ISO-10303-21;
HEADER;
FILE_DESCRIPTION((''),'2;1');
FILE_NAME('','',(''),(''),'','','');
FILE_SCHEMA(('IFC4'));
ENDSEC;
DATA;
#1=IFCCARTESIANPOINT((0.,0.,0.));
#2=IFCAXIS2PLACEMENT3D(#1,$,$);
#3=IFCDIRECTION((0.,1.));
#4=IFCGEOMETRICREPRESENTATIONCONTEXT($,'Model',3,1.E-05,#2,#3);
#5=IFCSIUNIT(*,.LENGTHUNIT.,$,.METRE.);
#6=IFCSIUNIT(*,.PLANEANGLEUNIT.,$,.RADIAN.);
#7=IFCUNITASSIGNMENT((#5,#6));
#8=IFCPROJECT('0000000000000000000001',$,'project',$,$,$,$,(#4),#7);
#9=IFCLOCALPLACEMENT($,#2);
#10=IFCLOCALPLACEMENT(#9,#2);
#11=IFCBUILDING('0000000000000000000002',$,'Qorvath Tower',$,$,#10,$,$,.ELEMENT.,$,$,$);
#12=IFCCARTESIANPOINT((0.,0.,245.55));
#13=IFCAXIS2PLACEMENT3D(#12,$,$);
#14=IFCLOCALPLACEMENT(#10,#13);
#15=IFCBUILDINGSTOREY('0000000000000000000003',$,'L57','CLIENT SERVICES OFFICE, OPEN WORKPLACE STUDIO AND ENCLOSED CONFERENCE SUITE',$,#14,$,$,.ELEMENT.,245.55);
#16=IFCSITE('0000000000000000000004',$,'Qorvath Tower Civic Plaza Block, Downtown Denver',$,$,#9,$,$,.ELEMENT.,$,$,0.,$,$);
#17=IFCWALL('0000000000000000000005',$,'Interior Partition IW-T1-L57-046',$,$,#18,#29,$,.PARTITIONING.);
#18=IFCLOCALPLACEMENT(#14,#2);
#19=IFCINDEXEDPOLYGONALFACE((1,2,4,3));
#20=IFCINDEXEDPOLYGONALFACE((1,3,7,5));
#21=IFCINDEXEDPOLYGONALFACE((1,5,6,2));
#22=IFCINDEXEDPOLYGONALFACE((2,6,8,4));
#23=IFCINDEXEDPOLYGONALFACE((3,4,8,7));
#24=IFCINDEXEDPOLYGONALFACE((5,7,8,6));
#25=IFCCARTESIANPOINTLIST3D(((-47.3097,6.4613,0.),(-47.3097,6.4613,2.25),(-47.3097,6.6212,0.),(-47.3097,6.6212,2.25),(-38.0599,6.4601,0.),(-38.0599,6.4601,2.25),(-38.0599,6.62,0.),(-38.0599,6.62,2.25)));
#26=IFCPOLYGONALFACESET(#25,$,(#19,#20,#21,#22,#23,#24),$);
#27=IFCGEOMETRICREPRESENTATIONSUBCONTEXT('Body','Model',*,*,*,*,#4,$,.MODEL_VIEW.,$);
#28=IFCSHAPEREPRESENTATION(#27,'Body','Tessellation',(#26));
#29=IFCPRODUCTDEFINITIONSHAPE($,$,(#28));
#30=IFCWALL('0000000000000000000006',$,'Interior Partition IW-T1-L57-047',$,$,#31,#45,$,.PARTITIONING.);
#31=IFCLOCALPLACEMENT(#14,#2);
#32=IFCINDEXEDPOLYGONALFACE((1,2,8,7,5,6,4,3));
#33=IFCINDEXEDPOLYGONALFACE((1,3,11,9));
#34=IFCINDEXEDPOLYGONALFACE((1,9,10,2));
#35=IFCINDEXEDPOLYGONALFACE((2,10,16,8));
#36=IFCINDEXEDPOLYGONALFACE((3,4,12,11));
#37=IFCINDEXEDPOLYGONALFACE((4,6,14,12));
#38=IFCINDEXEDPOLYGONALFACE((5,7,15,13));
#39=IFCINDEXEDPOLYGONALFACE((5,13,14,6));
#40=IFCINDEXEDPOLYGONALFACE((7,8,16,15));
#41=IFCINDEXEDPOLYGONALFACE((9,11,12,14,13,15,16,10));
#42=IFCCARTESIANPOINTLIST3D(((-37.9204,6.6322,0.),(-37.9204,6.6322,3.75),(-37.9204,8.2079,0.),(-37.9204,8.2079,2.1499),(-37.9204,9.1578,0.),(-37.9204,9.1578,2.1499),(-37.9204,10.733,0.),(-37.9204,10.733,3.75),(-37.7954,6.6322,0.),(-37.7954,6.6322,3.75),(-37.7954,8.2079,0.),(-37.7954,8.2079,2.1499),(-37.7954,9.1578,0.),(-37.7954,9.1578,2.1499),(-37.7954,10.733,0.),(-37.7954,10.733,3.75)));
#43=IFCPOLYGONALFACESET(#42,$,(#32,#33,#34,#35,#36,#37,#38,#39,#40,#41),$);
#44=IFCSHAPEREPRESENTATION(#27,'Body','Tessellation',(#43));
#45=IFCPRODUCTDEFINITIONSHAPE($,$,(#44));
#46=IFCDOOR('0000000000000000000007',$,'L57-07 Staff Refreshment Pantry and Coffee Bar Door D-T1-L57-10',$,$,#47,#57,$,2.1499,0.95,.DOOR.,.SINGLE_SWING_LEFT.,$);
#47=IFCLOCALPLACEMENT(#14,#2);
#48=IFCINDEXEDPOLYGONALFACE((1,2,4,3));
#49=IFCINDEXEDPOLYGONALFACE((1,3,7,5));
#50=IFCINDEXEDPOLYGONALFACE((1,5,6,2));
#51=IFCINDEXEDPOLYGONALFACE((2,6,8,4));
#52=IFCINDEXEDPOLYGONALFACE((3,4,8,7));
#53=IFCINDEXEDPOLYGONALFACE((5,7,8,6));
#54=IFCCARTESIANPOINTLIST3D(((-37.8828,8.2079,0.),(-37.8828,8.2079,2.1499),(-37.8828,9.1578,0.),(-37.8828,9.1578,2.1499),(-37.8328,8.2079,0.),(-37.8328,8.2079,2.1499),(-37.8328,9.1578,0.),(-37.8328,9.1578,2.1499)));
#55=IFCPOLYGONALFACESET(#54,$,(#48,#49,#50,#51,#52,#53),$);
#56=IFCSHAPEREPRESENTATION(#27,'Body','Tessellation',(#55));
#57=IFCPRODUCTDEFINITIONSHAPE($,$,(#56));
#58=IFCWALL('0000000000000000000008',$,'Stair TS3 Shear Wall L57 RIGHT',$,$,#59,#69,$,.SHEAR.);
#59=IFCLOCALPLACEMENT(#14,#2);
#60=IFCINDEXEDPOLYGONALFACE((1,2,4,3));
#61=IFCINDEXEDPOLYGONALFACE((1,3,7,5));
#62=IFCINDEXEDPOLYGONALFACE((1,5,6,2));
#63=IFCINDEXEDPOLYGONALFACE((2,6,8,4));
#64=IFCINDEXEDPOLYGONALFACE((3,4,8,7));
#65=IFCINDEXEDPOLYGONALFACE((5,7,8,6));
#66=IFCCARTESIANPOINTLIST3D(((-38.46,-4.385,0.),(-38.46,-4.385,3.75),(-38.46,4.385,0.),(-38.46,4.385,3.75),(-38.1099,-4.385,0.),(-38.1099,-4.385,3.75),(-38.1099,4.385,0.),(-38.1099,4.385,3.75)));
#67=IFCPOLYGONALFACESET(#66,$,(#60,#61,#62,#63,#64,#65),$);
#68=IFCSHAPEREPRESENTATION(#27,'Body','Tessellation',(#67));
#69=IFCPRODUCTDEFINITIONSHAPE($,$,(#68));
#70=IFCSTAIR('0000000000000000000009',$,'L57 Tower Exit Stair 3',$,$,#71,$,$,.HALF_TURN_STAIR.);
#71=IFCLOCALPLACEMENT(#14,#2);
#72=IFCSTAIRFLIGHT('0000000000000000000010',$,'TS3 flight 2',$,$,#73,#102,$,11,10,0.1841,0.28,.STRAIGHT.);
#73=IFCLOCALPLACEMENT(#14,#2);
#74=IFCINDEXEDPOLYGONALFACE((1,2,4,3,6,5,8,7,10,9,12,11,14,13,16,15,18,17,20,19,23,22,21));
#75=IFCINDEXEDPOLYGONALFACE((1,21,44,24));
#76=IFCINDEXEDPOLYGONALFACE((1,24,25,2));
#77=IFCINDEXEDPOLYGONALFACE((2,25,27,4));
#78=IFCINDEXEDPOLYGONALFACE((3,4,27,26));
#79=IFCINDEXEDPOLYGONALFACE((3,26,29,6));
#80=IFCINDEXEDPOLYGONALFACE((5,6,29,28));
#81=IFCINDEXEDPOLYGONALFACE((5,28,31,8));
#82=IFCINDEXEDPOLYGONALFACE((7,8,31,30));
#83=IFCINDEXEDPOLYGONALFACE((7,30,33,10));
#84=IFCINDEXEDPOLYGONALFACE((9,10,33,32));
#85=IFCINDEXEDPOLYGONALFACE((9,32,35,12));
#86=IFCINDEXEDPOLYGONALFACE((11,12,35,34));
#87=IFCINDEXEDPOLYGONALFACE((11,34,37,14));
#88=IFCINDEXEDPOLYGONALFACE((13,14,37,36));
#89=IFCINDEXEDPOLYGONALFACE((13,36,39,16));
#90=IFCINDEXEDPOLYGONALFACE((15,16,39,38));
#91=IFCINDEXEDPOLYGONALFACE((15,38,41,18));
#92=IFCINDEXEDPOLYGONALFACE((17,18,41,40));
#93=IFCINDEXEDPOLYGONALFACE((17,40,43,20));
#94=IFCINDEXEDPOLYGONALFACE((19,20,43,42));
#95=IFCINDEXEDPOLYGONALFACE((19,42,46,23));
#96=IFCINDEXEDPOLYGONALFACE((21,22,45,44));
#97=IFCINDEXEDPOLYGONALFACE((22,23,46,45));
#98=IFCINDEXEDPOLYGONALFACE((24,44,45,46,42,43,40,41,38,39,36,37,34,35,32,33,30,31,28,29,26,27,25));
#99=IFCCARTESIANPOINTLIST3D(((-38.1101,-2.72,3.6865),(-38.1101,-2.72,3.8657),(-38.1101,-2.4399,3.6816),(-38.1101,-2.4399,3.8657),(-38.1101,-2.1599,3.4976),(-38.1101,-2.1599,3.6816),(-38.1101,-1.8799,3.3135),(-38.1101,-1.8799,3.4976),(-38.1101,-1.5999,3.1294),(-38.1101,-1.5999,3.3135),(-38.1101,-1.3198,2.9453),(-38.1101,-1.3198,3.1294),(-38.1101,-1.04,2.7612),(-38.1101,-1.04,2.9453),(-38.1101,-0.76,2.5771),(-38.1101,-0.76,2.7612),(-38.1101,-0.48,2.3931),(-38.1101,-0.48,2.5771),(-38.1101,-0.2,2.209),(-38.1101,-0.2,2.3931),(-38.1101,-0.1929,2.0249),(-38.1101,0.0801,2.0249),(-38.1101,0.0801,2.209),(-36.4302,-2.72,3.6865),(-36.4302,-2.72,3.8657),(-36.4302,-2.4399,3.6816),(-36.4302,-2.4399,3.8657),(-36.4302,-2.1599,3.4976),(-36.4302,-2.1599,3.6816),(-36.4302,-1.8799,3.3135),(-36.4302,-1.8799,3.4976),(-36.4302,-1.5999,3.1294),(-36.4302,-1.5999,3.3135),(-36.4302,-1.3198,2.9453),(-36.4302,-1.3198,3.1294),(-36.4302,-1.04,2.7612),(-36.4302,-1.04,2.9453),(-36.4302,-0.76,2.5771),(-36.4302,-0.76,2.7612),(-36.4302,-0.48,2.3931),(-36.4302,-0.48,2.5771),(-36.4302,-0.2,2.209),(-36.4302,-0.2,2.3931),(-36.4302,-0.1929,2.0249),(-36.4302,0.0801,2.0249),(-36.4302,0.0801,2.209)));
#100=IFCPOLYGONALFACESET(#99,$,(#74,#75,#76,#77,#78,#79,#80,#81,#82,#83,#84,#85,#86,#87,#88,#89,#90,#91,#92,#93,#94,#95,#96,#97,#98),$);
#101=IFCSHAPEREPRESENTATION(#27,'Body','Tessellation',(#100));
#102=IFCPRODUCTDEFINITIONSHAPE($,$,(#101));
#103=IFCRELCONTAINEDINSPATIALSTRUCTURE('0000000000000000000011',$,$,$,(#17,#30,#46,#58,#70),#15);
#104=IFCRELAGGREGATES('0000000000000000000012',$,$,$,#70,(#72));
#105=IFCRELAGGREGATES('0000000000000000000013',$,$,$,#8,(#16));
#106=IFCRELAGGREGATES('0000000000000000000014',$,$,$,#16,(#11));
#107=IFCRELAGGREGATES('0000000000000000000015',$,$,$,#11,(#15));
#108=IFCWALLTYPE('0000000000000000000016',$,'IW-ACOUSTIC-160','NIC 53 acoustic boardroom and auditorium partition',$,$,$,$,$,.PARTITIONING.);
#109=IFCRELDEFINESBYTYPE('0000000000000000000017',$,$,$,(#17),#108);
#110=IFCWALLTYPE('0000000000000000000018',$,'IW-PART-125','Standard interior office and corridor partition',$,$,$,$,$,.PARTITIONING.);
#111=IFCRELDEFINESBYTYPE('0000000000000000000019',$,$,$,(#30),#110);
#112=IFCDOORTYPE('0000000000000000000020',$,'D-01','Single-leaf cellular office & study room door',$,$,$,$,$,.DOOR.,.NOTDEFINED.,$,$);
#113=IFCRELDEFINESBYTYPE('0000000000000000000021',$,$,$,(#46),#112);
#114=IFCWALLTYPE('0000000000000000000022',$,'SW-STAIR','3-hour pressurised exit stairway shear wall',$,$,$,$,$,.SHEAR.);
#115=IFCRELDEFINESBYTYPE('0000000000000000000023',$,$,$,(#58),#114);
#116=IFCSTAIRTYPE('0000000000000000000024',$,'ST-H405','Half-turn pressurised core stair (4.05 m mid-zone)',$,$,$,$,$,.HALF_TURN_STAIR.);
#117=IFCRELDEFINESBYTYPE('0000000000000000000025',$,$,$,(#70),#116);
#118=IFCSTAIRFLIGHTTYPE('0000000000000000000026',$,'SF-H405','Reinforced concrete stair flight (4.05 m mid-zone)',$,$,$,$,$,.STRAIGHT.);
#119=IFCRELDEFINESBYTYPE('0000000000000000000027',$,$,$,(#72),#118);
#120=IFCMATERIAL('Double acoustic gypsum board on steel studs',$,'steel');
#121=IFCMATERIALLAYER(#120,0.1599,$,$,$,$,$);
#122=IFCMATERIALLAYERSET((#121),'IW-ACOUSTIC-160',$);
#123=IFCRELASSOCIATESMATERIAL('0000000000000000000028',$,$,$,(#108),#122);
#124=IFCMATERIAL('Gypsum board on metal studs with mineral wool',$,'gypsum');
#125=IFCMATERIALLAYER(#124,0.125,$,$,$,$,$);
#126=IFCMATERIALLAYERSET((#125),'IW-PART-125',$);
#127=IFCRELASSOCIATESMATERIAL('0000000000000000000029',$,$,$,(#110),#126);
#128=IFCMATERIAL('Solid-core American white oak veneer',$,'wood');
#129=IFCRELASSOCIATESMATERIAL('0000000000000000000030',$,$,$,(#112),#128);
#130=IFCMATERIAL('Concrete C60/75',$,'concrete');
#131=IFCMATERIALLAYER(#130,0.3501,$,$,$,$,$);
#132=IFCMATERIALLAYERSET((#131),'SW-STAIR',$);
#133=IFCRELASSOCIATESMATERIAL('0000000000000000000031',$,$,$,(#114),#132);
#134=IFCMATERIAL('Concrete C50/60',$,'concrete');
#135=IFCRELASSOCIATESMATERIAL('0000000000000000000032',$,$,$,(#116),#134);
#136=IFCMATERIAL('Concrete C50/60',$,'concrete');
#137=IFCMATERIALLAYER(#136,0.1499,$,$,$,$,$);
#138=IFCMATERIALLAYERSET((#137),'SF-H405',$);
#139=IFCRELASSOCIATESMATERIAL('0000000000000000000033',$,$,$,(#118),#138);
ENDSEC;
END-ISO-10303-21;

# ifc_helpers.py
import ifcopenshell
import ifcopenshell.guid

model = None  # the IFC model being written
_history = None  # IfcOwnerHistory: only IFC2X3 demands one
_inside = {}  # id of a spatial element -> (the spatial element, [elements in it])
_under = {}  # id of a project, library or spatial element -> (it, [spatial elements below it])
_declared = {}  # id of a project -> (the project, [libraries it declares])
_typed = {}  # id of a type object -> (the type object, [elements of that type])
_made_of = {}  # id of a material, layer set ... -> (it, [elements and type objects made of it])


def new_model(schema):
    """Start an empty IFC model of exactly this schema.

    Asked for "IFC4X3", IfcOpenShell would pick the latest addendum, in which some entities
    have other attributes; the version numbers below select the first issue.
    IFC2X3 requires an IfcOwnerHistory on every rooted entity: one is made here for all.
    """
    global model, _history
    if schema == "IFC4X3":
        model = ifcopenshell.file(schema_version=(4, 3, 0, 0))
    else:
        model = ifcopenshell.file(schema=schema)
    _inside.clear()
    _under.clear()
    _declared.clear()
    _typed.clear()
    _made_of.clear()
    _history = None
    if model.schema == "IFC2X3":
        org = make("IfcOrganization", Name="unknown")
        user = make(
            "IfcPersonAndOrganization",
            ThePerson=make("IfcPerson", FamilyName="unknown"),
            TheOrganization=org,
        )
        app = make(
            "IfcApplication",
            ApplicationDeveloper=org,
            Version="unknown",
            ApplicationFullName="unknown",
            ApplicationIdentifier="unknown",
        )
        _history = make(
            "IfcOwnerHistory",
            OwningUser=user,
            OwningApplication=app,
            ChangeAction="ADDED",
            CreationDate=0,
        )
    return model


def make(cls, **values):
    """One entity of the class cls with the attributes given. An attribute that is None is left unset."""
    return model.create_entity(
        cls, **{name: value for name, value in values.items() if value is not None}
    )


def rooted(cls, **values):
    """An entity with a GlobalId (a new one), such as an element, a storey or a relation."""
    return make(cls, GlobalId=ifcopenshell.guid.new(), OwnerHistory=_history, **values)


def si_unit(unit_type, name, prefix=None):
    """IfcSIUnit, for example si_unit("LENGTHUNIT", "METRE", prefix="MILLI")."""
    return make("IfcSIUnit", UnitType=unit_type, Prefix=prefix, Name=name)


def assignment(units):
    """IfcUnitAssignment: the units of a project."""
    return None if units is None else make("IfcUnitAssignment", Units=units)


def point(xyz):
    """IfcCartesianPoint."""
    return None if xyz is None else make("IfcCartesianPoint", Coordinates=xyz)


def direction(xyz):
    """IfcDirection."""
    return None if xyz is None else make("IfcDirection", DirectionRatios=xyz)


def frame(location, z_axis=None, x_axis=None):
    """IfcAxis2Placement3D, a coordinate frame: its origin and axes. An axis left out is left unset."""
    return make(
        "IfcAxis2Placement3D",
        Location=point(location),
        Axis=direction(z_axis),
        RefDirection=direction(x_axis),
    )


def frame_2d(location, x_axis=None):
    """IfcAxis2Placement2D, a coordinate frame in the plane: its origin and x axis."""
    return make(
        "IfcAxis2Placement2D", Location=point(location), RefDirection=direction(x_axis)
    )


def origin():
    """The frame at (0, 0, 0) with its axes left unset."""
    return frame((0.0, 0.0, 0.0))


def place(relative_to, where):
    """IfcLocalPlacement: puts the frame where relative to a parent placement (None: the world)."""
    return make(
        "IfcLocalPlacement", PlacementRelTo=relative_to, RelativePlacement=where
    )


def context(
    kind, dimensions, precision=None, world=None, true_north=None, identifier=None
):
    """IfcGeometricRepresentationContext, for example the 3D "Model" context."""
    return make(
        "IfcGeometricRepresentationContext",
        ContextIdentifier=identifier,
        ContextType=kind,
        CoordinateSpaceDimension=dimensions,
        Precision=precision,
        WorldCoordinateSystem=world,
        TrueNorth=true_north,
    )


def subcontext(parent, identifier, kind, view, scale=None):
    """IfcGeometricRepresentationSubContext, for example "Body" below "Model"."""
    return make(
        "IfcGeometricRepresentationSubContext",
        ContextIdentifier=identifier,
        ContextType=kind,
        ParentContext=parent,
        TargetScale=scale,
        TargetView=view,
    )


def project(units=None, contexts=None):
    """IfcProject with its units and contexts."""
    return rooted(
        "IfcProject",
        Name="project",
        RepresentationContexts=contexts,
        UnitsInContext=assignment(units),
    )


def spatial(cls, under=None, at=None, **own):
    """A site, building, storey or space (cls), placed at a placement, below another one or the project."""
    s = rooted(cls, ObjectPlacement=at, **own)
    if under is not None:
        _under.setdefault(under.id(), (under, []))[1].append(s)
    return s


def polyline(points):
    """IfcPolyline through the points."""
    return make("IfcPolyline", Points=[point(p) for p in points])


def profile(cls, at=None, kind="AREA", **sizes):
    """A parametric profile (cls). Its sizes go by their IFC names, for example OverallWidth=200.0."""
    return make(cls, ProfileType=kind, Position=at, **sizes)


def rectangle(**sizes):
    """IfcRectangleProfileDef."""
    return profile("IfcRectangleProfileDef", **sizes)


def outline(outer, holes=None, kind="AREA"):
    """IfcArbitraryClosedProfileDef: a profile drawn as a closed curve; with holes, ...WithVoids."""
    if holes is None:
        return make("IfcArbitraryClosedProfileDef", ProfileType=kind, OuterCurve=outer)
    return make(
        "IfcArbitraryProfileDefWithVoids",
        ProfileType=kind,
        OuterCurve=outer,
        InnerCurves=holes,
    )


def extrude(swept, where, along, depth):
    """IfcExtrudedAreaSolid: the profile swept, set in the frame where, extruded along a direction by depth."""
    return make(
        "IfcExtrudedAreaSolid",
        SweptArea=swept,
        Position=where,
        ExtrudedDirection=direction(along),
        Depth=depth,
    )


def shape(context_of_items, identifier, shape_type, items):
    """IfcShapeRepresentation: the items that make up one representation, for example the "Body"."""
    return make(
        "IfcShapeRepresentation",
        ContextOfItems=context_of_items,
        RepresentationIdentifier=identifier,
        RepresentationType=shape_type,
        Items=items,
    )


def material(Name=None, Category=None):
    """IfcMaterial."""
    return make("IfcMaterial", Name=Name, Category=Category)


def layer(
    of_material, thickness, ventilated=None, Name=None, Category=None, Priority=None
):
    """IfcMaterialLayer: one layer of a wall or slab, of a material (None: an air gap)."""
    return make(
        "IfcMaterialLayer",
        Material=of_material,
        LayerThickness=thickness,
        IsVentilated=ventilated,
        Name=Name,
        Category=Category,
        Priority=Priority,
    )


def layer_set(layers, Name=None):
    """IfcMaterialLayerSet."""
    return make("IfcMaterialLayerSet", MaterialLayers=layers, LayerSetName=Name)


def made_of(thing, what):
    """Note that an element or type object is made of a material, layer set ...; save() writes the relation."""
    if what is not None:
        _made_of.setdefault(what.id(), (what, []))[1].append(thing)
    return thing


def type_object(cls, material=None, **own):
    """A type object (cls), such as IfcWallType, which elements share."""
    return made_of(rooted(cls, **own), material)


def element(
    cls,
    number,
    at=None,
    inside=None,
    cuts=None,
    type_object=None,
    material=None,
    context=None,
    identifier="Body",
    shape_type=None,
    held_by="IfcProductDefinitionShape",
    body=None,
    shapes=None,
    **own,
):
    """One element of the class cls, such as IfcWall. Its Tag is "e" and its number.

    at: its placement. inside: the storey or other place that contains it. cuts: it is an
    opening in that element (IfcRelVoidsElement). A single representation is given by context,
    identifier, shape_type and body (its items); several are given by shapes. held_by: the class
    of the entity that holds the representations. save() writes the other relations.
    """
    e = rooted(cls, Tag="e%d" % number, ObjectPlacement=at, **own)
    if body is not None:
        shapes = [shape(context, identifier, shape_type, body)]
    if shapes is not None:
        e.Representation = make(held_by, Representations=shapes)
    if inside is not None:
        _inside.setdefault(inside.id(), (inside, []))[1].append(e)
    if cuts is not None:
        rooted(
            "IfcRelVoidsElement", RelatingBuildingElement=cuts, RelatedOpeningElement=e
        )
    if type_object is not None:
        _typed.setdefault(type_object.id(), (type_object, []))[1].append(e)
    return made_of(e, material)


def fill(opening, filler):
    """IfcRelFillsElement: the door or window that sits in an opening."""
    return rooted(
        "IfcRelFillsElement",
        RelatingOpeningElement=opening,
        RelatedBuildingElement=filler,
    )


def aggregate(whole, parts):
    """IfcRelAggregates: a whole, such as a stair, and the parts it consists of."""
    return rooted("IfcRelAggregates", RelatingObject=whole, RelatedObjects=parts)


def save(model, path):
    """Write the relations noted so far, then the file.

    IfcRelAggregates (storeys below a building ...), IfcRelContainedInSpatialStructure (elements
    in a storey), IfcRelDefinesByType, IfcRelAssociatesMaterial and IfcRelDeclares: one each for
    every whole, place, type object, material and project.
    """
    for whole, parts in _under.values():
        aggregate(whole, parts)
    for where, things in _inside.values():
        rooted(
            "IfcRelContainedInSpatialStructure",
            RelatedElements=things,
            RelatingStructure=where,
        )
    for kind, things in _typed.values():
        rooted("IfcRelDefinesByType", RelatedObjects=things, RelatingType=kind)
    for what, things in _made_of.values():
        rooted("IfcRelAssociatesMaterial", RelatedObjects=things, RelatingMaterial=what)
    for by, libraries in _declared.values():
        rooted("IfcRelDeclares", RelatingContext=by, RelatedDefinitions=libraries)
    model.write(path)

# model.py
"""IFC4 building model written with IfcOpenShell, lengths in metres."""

from ifc_helpers import new_model, si_unit, direction, frame, frame_2d, origin, place, context, subcontext, project, spatial, polyline, rectangle, outline, extrude, material, layer, layer_set, type_object, element, fill, aggregate, save


model = new_model("IFC4")

# Units and contexts
model_context = context("Model", 3, precision=1e-05, world=origin(), true_north=direction((0.0, 1.0)))
body_context = subcontext(model_context, "Body", "Model", "MODEL_VIEW")
ifc_project = project(units=[si_unit("LENGTHUNIT", "METRE"), si_unit("PLANEANGLEUNIT", "RADIAN")], contexts=[model_context])

# Site, building, storey
site_placement = place(None, origin())
site = spatial("IfcSite", under=ifc_project, at=site_placement, Name="Qorvath Tower Civic Plaza Block, Downtown Denver", CompositionType="ELEMENT", RefElevation=0.0)
building_placement = place(site_placement, origin())
building = spatial("IfcBuilding", under=site, at=building_placement, Name="Qorvath Tower", CompositionType="ELEMENT")
storey_placement = place(building_placement, frame((0.0, 0.0, 245.55)))
storey = spatial("IfcBuildingStorey", under=building, at=storey_placement, Name="L57", Description="CLIENT SERVICES OFFICE, OPEN WORKPLACE STUDIO AND ENCLOSED CONFERENCE SUITE", CompositionType="ELEMENT", Elevation=245.55)

# Wall
ifc_material_1 = material(Name="Double acoustic gypsum board on steel studs", Category="steel")
ifc_layer_1 = layer(ifc_material_1, 0.1599)
ifc_layer_set_1 = layer_set([ifc_layer_1], Name="IW-ACOUSTIC-160")
wall_type_1 = type_object("IfcWallType", Name="IW-ACOUSTIC-160", Description="NIC 53 acoustic boardroom and auditorium partition", PredefinedType="PARTITIONING", material=ifc_layer_set_1)
wall_1_placement = place(storey_placement, frame((-38.0598, 6.54, 0.0), z_axis=(0.0, 0.0, 1.0), x_axis=(-1.0, 0.000132, 0.0)))
element("IfcWall", 1, at=wall_1_placement, inside=storey, type_object=wall_type_1, Name="Interior Partition IW-T1-L57-046", PredefinedType="PARTITIONING", context=body_context, shape_type="SweptSolid", body=[
    extrude(rectangle(XDim=9.2498, YDim=0.1599, at=frame_2d((4.625, 0.0))), origin(), (0.0, 0.0, 1.0), 2.25),
])

# Wall, opening, door
ifc_material_2 = material(Name="Gypsum board on metal studs with mineral wool", Category="gypsum")
ifc_layer_2 = layer(ifc_material_2, 0.125)
ifc_layer_set_2 = layer_set([ifc_layer_2], Name="IW-PART-125")
wall_type_2 = type_object("IfcWallType", Name="IW-PART-125", Description="Standard interior office and corridor partition", PredefinedType="PARTITIONING", material=ifc_layer_set_2)
wall_2_placement = place(storey_placement, frame((-37.8579, 6.6323, 0.0), z_axis=(0.0, 0.0, 1.0), x_axis=(0.0, 1.0, 0.0)))
wall_2 = element("IfcWall", 2, at=wall_2_placement, inside=storey, type_object=wall_type_2, Name="Interior Partition IW-T1-L57-047", PredefinedType="PARTITIONING", context=body_context, shape_type="SweptSolid", body=[
    extrude(rectangle(XDim=4.1008, YDim=0.125, at=frame_2d((2.0503, 0.0))), origin(), (0.0, 0.0, 1.0), 3.75),
])
opening_placement = place(wall_2_placement, frame((1.5754, 0.0, 0.0)))
opening = element("IfcOpeningElement", 3, at=opening_placement, cuts=wall_2, PredefinedType="OPENING", context=body_context, shape_type="SweptSolid", body=[
    extrude(rectangle(XDim=0.95, YDim=2.1499, at=frame_2d((0.4751, 1.075))), frame((0.0, 0.0725, 0.0), z_axis=(0.0, -1.0, 0.0), x_axis=(1.0, 0.0, 0.0)), (0.0, 0.0, 1.0), 0.145),
])
ifc_material_3 = material(Name="Solid-core American white oak veneer", Category="wood")
door_type = type_object("IfcDoorType", Name="D-01", Description="Single-leaf cellular office & study room door", OperationType="NOTDEFINED", PredefinedType="DOOR", material=ifc_material_3)
door_placement = place(opening_placement, origin())
door = element("IfcDoor", 4, at=door_placement, inside=storey, type_object=door_type, Name="L57-07 Staff Refreshment Pantry and Coffee Bar Door D-T1-L57-10", OperationType="SINGLE_SWING_LEFT", OverallHeight=2.1499, OverallWidth=0.95, PredefinedType="DOOR", context=body_context, shape_type="SweptSolid", body=[
    extrude(rectangle(XDim=0.95, YDim=2.1499, at=frame_2d((0.4751, 1.075))), frame((0.0, 0.0249, 0.0), z_axis=(0.0, -1.0, 0.0), x_axis=(1.0, 0.0, 0.0)), (0.0, 0.0, 1.0), 0.05),
])
fill(opening, door)

# Wall
ifc_material_4 = material(Name="Concrete C60/75", Category="concrete")
ifc_layer_3 = layer(ifc_material_4, 0.3501)
ifc_layer_set_3 = layer_set([ifc_layer_3], Name="SW-STAIR")
wall_type_3 = type_object("IfcWallType", Name="SW-STAIR", Description="3-hour pressurised exit stairway shear wall", PredefinedType="SHEAR", material=ifc_layer_set_3)
wall_3_placement = place(storey_placement, frame((-38.2849, 4.385, 0.0), z_axis=(0.0, 0.0, 1.0), x_axis=(0.0, -1.0, 0.0)))
element("IfcWall", 5, at=wall_3_placement, inside=storey, type_object=wall_type_3, Name="Stair TS3 Shear Wall L57 RIGHT", PredefinedType="SHEAR", context=body_context, shape_type="SweptSolid", body=[
    extrude(rectangle(XDim=8.77, YDim=0.3501, at=frame_2d((4.385, 0.0))), origin(), (0.0, 0.0, 1.0), 3.75),
])

# Stair, stair flight
ifc_material_5 = material(Name="Concrete C50/60", Category="concrete")
stair_type = type_object("IfcStairType", Name="ST-H405", Description="Half-turn pressurised core stair (4.05 m mid-zone)", PredefinedType="HALF_TURN_STAIR", material=ifc_material_5)
stair_placement = place(storey_placement, origin())
stair = element("IfcStair", 6, at=stair_placement, inside=storey, type_object=stair_type, Name="L57 Tower Exit Stair 3", PredefinedType="HALF_TURN_STAIR")
ifc_material_6 = material(Name="Concrete C50/60", Category="concrete")
ifc_layer_4 = layer(ifc_material_6, 0.1499)
ifc_layer_set_4 = layer_set([ifc_layer_4], Name="SF-H405")
stair_flight_type = type_object("IfcStairFlightType", Name="SF-H405", Description="Reinforced concrete stair flight (4.05 m mid-zone)", PredefinedType="STRAIGHT", material=ifc_layer_set_4)
stair_flight_placement = place(storey_placement, frame((-37.27, 0.0801, 2.0249), z_axis=(0.0, 0.0, 1.0), x_axis=(0.0, -1.0, 0.0)))
stair_flight = element("IfcStairFlight", 7, at=stair_flight_placement, type_object=stair_flight_type, Name="TS3 flight 2", NumberOfRisers=11, NumberOfTreads=10, PredefinedType="STRAIGHT", RiserHeight=0.1841, TreadLength=0.28, context=body_context, shape_type="SweptSolid", body=[
    extrude(outline(polyline([(0.0, 0.0), (0.0, 0.1841), (0.28, 0.1841), (0.28, 0.3682), (0.5601, 0.3682), (0.5601, 0.5522), (0.8401, 0.5522), (0.8401, 0.7363), (1.1201, 0.7363), (1.1201, 0.9204), (1.3999, 0.9204), (1.3999, 1.1045), (1.6799, 1.1045), (1.6799, 1.2886), (1.96, 1.2886), (1.96, 1.4727), (2.24, 1.4727), (2.24, 1.6567), (2.52, 1.6567), (2.52, 1.8408), (2.8, 1.8408), (2.8, 2.0249), (2.8, 1.6616), (0.2729, 0.0), (0.0, 0.0)])), frame((0.0, 0.8398, 0.0), z_axis=(0.0, -1.0, 0.0), x_axis=(1.0, 0.0, 0.0)), (0.0, 0.0, 1.0), 1.6799),
])
aggregate(stair, [stair_flight])

save(model, "model.ifc")
